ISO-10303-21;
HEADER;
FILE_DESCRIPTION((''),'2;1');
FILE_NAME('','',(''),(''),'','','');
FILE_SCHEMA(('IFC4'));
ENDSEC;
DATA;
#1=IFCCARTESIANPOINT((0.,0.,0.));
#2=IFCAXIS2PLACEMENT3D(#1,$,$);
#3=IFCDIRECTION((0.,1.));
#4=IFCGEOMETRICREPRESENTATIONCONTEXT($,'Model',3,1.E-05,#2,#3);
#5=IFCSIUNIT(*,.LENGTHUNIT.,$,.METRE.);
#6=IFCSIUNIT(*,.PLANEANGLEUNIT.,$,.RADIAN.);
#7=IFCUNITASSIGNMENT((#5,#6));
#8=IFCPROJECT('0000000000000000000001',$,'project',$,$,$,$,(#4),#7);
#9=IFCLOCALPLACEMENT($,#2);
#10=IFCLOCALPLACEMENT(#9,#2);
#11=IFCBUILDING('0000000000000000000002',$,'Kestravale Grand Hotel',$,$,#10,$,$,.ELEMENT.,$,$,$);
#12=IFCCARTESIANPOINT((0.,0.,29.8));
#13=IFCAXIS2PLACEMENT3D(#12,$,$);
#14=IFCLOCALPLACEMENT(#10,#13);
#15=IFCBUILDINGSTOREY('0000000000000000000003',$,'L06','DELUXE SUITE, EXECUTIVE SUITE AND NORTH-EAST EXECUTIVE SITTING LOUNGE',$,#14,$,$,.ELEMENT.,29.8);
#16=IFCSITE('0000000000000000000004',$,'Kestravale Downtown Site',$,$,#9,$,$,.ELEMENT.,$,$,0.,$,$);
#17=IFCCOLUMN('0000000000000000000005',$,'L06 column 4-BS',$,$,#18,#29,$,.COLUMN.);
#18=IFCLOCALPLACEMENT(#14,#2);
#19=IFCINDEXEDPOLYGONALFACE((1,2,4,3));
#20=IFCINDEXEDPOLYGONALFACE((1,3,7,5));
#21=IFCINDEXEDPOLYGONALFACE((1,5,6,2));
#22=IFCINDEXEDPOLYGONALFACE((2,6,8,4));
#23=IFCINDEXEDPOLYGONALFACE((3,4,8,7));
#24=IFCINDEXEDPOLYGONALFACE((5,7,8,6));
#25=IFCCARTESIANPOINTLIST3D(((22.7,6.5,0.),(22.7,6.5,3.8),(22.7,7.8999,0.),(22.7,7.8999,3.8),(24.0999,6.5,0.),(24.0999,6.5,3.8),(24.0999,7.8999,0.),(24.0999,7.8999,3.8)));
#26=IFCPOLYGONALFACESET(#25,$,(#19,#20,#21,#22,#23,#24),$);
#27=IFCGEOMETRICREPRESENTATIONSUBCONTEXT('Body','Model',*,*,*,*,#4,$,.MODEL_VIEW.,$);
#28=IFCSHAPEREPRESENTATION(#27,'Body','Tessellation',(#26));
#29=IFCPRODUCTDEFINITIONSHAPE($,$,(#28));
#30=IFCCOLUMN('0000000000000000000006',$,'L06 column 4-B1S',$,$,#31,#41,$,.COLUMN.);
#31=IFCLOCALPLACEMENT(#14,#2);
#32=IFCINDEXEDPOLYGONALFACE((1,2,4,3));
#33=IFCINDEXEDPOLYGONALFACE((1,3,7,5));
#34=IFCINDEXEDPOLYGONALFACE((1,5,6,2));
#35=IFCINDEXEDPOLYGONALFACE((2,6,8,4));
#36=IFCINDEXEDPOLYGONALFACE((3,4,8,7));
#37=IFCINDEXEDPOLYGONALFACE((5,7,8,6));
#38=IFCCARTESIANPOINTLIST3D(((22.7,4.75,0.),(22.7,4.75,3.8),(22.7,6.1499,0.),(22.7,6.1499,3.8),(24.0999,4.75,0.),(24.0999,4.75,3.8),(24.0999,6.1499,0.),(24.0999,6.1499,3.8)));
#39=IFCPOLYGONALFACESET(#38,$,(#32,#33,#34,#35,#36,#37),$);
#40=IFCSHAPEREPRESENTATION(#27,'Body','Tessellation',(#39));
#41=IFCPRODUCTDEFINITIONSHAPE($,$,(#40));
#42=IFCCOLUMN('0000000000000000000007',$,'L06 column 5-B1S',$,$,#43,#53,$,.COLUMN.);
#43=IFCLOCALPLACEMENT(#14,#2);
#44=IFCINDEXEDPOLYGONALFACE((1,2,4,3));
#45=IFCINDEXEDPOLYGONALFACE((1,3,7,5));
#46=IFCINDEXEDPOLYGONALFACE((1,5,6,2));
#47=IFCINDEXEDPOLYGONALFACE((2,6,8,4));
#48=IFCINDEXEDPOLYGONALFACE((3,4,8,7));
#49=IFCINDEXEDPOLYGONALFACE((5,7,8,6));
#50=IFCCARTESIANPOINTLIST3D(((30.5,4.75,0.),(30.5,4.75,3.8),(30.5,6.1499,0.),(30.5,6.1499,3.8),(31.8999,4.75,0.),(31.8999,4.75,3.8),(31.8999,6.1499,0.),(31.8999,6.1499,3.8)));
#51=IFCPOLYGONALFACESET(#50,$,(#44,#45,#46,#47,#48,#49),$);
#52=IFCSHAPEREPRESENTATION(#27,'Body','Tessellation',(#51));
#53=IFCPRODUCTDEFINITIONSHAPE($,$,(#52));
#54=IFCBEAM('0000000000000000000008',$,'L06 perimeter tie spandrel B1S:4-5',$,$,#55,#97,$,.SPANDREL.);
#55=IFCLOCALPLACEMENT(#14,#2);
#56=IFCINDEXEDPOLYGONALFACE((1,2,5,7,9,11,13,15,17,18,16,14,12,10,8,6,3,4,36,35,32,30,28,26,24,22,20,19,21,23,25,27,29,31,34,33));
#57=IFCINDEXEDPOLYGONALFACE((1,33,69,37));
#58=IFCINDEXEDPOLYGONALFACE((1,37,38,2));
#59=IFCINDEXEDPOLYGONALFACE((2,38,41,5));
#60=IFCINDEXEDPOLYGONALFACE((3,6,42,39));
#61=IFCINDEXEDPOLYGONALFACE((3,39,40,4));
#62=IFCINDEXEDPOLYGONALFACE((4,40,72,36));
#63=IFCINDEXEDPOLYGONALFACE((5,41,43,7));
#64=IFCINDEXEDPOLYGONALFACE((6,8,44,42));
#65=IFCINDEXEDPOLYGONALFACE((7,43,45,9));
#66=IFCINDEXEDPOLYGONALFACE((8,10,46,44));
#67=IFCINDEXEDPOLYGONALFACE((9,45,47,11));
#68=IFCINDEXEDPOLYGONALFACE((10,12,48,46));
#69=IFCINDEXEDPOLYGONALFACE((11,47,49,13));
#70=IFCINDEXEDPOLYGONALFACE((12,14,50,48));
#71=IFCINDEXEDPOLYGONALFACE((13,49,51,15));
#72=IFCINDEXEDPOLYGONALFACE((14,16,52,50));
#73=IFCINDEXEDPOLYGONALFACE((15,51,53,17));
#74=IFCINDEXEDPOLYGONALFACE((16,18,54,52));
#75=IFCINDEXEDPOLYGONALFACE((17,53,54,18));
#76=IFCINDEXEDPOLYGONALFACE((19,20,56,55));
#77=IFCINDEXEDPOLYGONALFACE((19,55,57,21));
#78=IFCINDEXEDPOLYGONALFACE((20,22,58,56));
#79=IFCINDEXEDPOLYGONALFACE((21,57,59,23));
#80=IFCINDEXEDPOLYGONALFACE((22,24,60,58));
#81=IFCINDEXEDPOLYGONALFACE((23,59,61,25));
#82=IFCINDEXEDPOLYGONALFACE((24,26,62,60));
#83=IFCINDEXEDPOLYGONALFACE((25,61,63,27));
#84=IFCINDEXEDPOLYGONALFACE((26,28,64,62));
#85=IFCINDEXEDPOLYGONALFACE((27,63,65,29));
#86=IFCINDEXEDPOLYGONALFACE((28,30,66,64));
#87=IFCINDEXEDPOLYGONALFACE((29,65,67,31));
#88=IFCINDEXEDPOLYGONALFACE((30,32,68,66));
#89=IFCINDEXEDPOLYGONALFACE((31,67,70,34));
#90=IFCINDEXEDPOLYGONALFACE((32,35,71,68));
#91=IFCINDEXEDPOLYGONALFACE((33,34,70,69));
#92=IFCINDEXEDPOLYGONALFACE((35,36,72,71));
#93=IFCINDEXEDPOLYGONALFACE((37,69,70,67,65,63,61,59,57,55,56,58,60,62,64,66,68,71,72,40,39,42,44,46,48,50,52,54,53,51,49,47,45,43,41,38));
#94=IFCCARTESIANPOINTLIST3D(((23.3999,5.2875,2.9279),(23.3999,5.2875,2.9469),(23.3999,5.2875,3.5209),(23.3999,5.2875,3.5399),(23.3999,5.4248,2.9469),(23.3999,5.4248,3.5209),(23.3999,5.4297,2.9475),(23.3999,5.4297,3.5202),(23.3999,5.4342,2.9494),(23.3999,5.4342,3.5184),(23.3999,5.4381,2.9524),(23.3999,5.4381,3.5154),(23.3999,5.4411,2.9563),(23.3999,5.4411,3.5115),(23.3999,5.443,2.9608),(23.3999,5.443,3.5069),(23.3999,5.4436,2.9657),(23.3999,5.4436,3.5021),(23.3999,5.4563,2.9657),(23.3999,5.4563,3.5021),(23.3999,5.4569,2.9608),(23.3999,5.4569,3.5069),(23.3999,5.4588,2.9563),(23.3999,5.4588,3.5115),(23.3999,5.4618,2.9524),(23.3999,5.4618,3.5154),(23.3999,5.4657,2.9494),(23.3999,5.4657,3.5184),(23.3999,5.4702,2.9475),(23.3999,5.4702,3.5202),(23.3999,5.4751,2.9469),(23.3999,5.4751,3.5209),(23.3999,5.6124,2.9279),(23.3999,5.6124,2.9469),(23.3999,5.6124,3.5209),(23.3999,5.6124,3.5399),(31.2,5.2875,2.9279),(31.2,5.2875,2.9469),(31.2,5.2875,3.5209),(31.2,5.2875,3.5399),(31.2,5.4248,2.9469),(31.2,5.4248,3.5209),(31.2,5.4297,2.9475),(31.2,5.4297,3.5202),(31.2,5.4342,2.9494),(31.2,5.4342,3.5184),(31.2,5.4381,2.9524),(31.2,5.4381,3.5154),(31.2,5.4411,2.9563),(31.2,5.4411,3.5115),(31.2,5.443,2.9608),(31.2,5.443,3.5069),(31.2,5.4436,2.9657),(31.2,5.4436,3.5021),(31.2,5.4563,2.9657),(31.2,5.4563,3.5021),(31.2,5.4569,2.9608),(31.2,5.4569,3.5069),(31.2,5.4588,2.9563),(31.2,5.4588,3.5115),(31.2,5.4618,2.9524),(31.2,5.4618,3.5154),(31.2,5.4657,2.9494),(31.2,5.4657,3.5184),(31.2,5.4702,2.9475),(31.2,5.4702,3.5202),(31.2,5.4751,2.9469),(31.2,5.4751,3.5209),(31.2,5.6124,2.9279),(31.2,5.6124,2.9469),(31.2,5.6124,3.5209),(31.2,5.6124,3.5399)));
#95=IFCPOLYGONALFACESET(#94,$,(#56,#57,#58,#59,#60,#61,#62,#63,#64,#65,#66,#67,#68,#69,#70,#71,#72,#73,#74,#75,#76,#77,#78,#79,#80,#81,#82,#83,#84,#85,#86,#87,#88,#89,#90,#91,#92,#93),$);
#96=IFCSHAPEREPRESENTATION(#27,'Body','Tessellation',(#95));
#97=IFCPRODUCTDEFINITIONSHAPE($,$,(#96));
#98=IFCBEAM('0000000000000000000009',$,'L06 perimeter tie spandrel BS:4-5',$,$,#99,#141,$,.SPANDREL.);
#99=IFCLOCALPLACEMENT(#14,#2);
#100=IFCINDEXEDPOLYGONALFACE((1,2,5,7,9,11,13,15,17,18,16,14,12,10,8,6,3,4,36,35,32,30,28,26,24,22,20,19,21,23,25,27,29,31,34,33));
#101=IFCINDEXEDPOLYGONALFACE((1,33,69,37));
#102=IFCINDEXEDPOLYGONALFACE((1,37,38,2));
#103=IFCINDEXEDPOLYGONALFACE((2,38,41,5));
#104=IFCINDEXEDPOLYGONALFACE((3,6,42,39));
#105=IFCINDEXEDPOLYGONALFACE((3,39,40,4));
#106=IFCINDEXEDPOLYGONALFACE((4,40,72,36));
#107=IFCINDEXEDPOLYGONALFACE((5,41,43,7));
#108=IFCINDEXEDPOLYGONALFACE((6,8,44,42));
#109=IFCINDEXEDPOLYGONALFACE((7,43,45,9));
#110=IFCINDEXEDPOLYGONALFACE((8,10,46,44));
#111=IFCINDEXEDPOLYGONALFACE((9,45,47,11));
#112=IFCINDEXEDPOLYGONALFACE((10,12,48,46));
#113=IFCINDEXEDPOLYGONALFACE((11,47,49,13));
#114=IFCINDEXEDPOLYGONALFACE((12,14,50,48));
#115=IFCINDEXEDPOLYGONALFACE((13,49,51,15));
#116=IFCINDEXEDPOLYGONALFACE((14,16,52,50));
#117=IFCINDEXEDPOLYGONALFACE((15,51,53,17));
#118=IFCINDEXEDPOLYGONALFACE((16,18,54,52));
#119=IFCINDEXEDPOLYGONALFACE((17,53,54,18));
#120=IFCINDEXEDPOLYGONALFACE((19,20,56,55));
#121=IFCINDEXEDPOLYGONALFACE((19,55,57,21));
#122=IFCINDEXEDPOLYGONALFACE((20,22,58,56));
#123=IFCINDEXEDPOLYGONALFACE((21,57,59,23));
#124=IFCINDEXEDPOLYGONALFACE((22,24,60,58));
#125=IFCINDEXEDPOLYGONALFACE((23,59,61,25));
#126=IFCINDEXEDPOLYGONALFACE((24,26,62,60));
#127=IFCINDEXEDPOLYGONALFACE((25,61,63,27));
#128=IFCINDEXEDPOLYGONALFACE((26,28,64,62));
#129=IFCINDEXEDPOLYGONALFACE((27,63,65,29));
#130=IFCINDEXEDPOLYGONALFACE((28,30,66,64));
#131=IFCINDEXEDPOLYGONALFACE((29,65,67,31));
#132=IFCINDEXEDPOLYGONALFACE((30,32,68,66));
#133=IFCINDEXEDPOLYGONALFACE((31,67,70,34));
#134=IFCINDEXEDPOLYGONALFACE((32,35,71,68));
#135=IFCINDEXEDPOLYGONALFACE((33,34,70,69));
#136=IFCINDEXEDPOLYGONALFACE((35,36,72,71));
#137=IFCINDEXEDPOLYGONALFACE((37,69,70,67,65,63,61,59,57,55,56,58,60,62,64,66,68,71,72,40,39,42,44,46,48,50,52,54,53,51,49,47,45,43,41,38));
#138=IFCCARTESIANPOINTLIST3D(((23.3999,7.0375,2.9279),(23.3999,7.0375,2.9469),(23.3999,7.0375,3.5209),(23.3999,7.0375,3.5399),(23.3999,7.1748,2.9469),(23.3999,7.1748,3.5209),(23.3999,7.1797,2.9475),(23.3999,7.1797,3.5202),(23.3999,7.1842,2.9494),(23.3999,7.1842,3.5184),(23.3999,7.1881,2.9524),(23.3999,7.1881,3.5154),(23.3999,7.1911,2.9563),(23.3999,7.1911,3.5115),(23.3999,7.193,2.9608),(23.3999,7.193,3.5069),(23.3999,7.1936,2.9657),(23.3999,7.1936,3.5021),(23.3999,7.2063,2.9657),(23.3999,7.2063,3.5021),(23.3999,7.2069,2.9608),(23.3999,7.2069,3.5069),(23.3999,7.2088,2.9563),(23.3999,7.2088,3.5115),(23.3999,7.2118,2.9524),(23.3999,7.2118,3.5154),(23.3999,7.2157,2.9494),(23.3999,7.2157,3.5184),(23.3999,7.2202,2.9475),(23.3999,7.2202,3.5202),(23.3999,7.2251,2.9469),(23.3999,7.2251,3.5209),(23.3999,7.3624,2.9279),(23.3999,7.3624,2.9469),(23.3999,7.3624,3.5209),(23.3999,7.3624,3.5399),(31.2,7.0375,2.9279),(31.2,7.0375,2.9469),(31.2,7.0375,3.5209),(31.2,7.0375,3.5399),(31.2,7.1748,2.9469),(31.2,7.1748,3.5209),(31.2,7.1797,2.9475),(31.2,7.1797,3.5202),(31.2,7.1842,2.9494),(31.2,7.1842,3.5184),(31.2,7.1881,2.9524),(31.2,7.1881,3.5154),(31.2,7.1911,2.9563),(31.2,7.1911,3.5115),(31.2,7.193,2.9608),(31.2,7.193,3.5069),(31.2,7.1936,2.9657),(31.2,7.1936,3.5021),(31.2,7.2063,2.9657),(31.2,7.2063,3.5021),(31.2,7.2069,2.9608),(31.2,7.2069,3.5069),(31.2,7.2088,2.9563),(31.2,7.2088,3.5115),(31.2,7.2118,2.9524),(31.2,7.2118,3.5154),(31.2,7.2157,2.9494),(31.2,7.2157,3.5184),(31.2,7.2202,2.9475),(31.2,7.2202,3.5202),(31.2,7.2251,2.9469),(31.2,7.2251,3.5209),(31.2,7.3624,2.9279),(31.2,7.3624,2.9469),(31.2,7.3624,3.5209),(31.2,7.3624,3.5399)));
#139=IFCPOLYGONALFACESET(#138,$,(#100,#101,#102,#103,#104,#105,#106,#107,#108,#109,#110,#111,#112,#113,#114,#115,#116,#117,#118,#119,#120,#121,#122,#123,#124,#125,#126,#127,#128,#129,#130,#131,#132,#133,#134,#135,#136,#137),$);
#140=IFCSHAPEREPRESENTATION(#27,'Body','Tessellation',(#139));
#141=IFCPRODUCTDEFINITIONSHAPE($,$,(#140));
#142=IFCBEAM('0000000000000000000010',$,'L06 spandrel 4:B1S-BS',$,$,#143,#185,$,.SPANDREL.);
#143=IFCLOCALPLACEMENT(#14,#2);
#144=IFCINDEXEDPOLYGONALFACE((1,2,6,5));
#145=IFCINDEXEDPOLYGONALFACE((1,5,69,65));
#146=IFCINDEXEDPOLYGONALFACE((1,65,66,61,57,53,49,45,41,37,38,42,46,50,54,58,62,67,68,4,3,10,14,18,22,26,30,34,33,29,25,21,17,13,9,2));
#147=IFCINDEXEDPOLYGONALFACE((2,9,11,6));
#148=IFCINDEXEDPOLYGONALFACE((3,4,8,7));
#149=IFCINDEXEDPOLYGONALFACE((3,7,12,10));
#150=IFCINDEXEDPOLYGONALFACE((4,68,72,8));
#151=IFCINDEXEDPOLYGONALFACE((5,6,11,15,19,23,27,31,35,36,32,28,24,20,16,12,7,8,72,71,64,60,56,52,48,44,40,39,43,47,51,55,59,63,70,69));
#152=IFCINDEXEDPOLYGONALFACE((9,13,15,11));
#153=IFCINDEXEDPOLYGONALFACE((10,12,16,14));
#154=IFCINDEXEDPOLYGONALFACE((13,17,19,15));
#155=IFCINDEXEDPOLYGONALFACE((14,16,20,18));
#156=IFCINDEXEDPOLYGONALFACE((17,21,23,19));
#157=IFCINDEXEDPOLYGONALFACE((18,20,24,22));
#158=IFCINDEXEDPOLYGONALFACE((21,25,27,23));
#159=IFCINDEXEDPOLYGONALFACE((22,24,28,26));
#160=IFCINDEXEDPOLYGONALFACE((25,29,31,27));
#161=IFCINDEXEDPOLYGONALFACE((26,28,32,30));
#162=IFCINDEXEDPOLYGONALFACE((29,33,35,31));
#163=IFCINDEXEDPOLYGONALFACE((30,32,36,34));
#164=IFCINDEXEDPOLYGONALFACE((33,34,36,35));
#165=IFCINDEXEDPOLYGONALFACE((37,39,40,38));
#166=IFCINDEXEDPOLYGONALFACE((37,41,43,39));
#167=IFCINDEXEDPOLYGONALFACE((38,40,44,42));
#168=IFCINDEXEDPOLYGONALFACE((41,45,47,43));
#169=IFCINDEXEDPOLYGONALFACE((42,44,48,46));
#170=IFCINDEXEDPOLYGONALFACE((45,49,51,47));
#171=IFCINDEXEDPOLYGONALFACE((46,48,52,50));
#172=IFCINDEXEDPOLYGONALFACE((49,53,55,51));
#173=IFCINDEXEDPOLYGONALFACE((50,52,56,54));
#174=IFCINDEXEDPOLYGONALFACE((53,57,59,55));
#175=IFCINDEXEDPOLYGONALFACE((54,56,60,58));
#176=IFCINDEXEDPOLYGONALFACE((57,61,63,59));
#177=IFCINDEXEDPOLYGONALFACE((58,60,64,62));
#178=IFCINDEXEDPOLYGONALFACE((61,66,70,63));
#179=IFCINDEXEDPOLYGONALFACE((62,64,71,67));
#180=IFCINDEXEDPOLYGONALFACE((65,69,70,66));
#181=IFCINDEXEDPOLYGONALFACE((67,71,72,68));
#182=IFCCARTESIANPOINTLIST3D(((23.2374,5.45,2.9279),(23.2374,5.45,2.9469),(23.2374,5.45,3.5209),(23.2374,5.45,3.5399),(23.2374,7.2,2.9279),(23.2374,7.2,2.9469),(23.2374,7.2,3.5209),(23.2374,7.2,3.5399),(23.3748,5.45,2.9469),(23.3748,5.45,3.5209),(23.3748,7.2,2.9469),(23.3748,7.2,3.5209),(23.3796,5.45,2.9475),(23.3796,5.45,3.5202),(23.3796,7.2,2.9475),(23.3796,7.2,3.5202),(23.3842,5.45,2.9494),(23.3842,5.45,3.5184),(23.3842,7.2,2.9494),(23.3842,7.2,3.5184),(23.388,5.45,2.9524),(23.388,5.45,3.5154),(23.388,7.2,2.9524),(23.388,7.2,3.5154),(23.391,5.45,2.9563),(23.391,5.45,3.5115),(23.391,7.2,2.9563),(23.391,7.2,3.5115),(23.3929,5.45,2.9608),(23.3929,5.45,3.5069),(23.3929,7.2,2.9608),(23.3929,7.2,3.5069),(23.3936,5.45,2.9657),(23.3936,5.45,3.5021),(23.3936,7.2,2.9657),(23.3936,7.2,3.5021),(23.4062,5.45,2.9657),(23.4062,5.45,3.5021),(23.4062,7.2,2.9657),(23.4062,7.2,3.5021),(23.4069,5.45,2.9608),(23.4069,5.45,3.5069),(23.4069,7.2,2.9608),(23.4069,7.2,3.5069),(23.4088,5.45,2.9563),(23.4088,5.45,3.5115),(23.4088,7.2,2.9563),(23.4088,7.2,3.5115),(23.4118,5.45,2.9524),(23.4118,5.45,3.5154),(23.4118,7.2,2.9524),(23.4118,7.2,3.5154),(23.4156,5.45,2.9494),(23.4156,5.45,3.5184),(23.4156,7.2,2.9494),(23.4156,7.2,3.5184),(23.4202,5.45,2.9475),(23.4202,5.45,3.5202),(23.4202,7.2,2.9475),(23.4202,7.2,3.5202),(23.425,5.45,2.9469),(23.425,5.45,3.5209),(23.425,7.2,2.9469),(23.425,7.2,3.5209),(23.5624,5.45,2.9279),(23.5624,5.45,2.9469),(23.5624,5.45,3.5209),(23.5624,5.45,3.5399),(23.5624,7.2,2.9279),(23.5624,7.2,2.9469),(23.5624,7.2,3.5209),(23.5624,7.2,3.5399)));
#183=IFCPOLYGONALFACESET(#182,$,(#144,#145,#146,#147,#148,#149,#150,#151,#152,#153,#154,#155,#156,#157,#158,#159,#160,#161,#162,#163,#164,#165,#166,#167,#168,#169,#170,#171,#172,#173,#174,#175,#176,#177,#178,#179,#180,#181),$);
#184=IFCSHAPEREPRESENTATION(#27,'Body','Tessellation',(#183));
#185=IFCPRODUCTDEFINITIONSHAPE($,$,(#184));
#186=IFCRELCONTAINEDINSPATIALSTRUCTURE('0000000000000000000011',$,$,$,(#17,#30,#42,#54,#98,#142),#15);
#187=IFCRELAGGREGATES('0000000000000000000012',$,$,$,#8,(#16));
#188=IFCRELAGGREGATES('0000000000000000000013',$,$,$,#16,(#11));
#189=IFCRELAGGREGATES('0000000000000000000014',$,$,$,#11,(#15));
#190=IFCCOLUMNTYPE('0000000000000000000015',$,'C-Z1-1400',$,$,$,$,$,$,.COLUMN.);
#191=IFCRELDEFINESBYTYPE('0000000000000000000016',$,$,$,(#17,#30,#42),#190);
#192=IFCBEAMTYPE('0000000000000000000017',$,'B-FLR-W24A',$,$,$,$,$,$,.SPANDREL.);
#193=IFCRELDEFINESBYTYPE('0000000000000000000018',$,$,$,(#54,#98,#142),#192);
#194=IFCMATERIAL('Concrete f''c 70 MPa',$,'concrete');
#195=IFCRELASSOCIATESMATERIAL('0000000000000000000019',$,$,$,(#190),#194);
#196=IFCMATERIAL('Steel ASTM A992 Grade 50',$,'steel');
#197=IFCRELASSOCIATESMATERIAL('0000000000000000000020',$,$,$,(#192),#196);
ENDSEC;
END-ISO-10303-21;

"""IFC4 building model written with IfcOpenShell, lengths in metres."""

from ifc_helpers import new_model, si_unit, direction, frame, origin, origin_2d, place, context, subcontext, project, spatial, rectangle, i_section, extrude, material, material_profile, profile_set, type_object, element, save


model = new_model("IFC4")

# Units and contexts
model_context = context("Model", 3, precision=1e-05, world=origin(), true_north=direction((0.0, 1.0)))
body_context = subcontext(model_context, "Body", "Model", "MODEL_VIEW")
ifc_project = project(units=[si_unit("LENGTHUNIT", "METRE"), si_unit("PLANEANGLEUNIT", "RADIAN")], contexts=[model_context])

# Site, building, storey
site_placement = place(None, origin())
site = spatial("IfcSite", under=ifc_project, at=site_placement, Name="Kestravale Downtown Site", CompositionType="ELEMENT", RefElevation=0.0)
building_placement = place(site_placement, origin())
building = spatial("IfcBuilding", under=site, at=building_placement, Name="Kestravale Grand Hotel", CompositionType="ELEMENT")
storey_placement = place(building_placement, frame((0.0, 0.0, 29.8)))
storey = spatial("IfcBuildingStorey", under=building, at=storey_placement, Name="L06", Description="DELUXE SUITE, EXECUTIVE SUITE AND NORTH-EAST EXECUTIVE SITTING LOUNGE", CompositionType="ELEMENT", Elevation=29.8)

# Columns
ifc_material_1 = material(Name="Concrete f'c 70 MPa", Category="concrete")
ifc_material_profile_1 = material_profile(ifc_material_1, rectangle(XDim=1.3999, YDim=1.3999, at=origin_2d()))
ifc_profile_set_1 = profile_set([ifc_material_profile_1], Name="Concrete f'c 70 MPa")
column_type = type_object("IfcColumnType", Name="C-Z1-1400", PredefinedType="COLUMN", material=ifc_profile_set_1)
for number, where, z_axis, x_axis, name in (
    (1, (23.3999, 7.2, 0.0), (0.0, 0.0, 1.0), (1.0, 0.0, 0.0), "L06 column 4-BS"),
    (2, (23.3999, 5.45, 0.0), (0.0, 0.0, 1.0), (1.0, 0.0, 0.0), "L06 column 4-B1S"),
    (3, (31.2, 5.45, 0.0), (0.0, 0.0, 1.0), (1.0, 0.0, 0.0), "L06 column 5-B1S"),
):
    element("IfcColumn", number, at=place(storey_placement, frame(where, z_axis=z_axis, x_axis=x_axis)), inside=storey, type_object=column_type, Name=name, PredefinedType="COLUMN", context=body_context, shape_type="SweptSolid", body=[
        extrude(rectangle(XDim=1.3999, YDim=1.3999, at=origin_2d()), origin(), (0.0, 0.0, 1.0), 3.8),
    ])

# Beams
ifc_material_2 = material(Name="Steel ASTM A992 Grade 50", Category="steel")
ifc_material_profile_2 = material_profile(ifc_material_2, i_section(OverallWidth=0.325, OverallDepth=0.6121, WebThickness=0.0127, FlangeThickness=0.019, FilletRadius=0.0188, at=origin_2d()))
ifc_profile_set_2 = profile_set([ifc_material_profile_2], Name="Steel ASTM A992 Grade 50")
beam_type_1 = type_object("IfcBeamType", Name="B-FLR-W24A", PredefinedType="SPANDREL", material=ifc_profile_set_2)
for number, where, z_axis, x_axis, name in (
    (4, (23.3999, 5.45, 3.2339), (1.0, 0.0, 0.0), (0.0, 1.0, 0.0), "L06 perimeter tie spandrel B1S:4-5"),
    (5, (23.3999, 7.2, 3.2339), (1.0, 0.0, 0.0), (0.0, 1.0, 0.0), "L06 perimeter tie spandrel BS:4-5"),
):
    element("IfcBeam", number, at=place(storey_placement, frame(where, z_axis=z_axis, x_axis=x_axis)), inside=storey, type_object=beam_type_1, Name=name, PredefinedType="SPANDREL", context=body_context, shape_type="SweptSolid", body=[
        extrude(i_section(OverallWidth=0.325, OverallDepth=0.6121, WebThickness=0.0127, FlangeThickness=0.019, FilletRadius=0.0188, at=origin_2d()), origin(), (0.0, 0.0, 1.0), 7.8),
    ])
for number, where, z_axis, x_axis, name in (
    (6, (23.3999, 5.45, 3.2339), (0.0, 1.0, 0.0), (-1.0, 0.0, 0.0), "L06 spandrel 4:B1S-BS"),
):
    element("IfcBeam", number, at=place(storey_placement, frame(where, z_axis=z_axis, x_axis=x_axis)), inside=storey, type_object=beam_type_1, Name=name, PredefinedType="SPANDREL", context=body_context, shape_type="SweptSolid", body=[
        extrude(i_section(OverallWidth=0.325, OverallDepth=0.6121, WebThickness=0.0127, FlangeThickness=0.019, FilletRadius=0.0188, at=origin_2d()), origin(), (0.0, 0.0, 1.0), 1.75),
    ])

save(model, "model.ifc")
